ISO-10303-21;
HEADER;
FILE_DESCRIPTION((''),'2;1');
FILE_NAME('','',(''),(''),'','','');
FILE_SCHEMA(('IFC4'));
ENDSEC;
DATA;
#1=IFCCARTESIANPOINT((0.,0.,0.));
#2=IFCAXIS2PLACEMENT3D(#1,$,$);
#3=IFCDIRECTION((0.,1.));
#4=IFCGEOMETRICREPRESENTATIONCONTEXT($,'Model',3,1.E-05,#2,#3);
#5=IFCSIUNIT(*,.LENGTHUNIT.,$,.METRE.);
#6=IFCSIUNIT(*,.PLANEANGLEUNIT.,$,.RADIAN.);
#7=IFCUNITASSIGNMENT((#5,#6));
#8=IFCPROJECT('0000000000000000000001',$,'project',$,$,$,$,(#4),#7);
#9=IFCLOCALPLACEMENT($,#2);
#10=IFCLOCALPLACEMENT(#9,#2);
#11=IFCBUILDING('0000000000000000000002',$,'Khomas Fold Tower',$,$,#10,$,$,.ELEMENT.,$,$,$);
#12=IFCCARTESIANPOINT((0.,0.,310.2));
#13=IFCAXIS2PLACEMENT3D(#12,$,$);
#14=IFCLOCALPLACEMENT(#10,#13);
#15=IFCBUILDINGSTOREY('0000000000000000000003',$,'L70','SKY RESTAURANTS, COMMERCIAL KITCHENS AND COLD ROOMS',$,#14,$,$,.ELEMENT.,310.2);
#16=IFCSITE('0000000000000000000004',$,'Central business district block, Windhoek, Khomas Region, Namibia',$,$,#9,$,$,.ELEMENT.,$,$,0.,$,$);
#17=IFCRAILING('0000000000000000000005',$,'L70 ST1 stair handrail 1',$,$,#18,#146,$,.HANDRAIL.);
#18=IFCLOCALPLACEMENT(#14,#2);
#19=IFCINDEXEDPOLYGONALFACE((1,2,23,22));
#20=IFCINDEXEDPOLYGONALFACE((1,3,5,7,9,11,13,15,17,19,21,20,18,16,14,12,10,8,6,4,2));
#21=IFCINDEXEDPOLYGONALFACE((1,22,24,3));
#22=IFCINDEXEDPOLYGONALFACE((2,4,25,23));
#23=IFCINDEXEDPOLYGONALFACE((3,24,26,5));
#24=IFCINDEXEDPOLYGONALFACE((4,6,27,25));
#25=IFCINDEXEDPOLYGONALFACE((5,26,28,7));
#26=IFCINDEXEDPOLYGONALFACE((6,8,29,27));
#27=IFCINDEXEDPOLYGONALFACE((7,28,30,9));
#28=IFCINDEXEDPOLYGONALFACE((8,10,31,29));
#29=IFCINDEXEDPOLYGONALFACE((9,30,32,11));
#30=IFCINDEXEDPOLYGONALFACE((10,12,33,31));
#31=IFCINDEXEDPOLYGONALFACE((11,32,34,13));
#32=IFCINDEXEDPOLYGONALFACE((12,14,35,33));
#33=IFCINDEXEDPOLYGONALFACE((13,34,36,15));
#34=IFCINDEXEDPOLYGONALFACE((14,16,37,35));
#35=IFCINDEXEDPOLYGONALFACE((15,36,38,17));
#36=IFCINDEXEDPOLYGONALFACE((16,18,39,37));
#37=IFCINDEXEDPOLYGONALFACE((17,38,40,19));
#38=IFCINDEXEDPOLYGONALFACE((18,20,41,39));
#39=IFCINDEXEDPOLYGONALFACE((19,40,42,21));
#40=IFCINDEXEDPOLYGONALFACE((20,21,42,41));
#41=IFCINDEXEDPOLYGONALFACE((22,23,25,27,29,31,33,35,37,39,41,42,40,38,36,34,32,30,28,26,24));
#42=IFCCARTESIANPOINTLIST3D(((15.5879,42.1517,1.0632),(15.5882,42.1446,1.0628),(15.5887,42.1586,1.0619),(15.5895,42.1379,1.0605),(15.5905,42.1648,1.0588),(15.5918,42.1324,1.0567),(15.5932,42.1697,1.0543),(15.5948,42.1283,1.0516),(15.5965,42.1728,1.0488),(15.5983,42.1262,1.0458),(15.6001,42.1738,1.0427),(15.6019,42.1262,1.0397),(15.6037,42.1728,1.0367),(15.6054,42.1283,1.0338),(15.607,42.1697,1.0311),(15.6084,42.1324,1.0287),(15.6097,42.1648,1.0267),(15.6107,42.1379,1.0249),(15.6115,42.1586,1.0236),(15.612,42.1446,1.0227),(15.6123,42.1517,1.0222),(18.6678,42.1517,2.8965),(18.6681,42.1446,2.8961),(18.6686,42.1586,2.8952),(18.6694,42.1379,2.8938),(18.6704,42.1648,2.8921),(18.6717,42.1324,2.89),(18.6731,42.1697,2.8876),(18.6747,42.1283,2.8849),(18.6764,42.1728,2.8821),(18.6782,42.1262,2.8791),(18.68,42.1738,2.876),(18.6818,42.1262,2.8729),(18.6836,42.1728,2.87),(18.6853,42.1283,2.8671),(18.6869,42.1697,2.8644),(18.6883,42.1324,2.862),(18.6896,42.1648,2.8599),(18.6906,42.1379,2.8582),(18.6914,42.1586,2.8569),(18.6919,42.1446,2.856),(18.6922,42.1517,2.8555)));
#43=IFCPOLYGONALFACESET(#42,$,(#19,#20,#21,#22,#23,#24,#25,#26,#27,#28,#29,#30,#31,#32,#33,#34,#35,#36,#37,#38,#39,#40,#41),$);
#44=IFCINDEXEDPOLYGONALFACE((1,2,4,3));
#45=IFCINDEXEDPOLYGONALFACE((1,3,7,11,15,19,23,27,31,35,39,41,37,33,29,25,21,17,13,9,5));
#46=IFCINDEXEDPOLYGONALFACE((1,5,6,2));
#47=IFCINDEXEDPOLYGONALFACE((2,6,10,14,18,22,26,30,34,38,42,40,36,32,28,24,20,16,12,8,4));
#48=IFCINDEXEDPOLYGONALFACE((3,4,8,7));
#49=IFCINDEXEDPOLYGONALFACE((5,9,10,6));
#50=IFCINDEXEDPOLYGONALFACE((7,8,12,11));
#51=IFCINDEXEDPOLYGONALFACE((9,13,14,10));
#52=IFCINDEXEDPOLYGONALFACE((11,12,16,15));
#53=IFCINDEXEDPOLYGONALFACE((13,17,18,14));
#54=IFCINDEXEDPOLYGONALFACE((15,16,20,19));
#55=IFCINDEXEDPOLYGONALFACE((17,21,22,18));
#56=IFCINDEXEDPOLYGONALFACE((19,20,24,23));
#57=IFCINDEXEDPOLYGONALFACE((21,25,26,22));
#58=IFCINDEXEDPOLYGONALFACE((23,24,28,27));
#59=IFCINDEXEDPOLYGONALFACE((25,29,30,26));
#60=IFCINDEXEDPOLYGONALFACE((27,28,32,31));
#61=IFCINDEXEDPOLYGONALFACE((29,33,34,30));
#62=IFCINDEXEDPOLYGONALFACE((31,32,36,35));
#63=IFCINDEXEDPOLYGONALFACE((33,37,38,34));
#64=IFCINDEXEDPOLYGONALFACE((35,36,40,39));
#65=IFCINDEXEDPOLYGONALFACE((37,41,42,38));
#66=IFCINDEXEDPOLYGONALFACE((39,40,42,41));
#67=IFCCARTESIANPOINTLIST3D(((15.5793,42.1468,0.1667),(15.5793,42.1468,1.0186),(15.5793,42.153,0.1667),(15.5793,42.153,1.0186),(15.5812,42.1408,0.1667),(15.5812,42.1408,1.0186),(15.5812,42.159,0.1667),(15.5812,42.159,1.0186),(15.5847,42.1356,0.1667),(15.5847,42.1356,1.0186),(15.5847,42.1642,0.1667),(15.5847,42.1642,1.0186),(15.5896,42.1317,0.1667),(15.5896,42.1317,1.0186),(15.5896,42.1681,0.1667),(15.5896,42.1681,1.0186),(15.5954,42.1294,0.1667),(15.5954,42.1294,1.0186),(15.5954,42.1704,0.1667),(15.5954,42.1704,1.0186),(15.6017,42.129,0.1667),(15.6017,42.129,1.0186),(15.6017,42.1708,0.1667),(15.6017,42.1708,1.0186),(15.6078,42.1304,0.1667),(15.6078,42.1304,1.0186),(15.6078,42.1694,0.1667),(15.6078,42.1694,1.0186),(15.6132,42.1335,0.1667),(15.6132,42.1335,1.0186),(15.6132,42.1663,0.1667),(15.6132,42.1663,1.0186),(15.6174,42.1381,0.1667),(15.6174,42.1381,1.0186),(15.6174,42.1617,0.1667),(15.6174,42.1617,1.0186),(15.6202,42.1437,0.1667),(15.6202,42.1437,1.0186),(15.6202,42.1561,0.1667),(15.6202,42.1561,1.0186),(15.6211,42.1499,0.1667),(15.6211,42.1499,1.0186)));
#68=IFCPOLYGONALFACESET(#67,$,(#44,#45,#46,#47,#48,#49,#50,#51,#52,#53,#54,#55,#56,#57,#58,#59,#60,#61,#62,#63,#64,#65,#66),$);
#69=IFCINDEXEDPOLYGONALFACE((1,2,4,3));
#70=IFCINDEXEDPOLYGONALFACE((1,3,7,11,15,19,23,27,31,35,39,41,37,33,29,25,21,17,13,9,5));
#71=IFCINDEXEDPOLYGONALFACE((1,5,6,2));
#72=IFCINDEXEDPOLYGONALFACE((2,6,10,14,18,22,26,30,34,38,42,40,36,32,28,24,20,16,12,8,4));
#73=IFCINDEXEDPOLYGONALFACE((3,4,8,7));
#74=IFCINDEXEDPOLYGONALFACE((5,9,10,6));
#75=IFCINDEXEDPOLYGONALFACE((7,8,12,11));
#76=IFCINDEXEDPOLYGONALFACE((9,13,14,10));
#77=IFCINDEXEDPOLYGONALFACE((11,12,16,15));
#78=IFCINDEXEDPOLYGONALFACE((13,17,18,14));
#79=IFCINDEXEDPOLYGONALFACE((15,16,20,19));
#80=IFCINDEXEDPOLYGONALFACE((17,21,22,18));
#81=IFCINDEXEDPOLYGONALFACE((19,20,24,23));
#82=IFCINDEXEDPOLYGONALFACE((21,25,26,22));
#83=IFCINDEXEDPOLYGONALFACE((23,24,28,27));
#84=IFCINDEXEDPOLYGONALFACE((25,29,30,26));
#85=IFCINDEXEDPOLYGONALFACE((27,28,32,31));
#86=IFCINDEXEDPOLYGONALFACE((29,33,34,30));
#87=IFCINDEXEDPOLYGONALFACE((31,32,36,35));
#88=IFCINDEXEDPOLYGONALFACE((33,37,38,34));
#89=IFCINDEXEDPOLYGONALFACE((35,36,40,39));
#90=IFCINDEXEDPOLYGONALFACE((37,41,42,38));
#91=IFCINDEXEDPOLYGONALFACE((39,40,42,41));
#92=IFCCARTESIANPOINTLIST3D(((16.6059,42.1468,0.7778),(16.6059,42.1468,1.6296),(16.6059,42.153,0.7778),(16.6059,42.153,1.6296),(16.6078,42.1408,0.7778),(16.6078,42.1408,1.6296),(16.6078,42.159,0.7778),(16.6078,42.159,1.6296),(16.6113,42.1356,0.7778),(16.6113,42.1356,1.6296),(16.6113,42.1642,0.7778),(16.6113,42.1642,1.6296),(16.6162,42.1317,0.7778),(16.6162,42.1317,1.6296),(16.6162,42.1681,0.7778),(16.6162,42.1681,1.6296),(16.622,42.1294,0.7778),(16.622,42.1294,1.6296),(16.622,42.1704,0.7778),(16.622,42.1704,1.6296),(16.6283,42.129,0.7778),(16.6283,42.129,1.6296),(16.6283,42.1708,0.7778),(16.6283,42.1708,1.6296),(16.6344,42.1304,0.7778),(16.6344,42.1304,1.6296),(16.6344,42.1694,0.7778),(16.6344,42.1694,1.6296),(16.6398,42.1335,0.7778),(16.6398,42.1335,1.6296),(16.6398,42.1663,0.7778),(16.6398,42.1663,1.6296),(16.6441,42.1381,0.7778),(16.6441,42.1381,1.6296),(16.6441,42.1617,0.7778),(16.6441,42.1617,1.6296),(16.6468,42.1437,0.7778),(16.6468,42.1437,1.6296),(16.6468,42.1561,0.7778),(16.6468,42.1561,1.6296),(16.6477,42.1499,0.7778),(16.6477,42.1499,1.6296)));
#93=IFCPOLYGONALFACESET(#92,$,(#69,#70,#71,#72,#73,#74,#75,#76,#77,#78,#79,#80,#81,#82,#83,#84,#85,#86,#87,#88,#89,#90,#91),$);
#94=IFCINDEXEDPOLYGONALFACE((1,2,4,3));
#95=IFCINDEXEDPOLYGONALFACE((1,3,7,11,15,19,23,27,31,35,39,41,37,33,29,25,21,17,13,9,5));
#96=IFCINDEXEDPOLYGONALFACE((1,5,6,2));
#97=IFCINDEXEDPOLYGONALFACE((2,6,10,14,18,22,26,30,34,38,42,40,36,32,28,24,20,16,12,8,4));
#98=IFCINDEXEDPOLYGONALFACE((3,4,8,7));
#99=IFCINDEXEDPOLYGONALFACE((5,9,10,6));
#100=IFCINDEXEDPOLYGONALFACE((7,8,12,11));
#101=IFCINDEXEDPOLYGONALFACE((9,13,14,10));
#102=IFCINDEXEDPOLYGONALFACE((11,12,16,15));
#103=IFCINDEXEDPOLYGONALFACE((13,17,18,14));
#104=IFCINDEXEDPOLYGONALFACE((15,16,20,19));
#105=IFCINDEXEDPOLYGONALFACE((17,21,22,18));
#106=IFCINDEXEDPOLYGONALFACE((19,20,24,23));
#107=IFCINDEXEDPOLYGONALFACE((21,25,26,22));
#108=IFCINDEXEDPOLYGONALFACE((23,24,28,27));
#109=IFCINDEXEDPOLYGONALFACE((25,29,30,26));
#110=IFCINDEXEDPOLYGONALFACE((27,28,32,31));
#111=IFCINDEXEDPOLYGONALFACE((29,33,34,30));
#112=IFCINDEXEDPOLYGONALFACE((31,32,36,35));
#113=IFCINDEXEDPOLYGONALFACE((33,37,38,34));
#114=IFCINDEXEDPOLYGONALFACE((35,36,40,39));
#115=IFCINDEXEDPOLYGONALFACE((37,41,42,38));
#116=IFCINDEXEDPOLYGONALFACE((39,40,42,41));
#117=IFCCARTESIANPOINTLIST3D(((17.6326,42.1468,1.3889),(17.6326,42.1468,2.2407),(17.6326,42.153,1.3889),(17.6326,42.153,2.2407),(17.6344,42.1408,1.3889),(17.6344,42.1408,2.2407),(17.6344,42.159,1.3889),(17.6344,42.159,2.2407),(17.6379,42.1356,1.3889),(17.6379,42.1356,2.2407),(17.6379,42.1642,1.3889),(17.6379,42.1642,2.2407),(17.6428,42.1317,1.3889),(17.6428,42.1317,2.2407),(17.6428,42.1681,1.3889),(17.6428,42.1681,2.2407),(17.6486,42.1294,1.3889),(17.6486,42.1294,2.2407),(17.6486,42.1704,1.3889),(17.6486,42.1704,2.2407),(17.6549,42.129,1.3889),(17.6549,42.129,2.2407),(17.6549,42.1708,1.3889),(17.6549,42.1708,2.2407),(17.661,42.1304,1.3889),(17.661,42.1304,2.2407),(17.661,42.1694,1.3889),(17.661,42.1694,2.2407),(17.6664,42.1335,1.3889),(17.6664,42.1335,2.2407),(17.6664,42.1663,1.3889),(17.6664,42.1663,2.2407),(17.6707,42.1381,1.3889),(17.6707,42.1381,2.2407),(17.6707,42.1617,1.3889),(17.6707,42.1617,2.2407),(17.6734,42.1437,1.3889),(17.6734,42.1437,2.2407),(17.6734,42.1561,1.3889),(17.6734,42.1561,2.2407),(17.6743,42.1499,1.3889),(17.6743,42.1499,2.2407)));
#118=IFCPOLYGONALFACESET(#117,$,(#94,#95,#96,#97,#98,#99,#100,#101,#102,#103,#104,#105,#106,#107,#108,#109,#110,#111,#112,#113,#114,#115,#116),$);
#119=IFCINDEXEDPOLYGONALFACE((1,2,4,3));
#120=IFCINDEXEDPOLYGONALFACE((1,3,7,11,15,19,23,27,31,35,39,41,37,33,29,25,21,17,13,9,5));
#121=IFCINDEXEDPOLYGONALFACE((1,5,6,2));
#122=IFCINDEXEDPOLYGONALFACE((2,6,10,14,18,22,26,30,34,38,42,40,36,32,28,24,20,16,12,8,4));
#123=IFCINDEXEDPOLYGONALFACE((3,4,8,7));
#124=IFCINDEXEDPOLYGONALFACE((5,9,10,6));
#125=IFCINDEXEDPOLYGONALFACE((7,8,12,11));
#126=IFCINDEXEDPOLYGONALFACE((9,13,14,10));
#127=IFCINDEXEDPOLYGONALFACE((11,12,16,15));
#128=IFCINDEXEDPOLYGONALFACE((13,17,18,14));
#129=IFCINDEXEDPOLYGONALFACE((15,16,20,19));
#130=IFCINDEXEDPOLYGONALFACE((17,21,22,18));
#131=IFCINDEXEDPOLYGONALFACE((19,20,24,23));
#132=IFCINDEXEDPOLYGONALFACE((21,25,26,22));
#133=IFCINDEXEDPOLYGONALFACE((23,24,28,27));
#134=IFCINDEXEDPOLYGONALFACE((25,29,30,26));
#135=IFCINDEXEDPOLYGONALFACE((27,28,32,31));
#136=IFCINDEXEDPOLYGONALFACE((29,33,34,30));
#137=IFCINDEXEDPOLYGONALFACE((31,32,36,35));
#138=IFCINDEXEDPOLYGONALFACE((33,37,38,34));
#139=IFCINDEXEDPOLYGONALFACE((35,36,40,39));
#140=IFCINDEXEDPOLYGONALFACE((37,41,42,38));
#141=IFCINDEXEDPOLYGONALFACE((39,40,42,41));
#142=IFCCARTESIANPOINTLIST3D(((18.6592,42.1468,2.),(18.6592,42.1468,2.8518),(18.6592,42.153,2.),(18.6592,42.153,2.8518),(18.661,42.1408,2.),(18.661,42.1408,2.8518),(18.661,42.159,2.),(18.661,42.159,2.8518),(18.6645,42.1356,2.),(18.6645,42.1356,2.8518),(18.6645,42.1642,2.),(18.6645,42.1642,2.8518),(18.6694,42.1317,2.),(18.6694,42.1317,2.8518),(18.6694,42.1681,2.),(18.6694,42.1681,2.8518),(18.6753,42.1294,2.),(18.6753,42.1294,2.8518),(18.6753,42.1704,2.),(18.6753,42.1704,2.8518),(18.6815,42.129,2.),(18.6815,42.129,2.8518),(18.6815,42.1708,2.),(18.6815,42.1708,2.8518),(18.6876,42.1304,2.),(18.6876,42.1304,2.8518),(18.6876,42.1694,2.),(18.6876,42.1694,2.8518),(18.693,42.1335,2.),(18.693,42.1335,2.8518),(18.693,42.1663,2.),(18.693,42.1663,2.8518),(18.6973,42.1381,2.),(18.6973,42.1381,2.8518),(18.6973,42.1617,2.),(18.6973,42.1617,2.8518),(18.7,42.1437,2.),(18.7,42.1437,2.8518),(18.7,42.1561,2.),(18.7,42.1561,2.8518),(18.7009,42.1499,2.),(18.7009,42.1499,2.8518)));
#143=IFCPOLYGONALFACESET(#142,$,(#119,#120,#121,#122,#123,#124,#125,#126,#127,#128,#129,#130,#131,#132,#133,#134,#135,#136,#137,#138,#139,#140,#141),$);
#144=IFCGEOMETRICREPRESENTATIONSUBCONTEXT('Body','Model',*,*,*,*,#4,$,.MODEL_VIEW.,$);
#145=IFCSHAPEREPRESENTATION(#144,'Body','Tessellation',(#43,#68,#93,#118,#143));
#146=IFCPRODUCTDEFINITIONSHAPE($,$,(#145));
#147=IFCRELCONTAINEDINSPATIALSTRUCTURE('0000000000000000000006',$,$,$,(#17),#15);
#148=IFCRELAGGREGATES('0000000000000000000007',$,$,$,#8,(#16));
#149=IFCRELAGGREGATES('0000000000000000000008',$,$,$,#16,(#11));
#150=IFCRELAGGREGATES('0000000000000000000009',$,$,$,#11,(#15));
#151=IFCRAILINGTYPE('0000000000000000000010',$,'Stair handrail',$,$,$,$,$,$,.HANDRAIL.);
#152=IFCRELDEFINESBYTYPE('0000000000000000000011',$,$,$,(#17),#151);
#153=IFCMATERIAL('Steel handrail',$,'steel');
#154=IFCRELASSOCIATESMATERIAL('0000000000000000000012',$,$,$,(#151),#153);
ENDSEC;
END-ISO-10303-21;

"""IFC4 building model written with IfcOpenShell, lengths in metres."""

from ifc_helpers import new_model, si_unit, direction, frame, origin, origin_2d, place, context, subcontext, project, spatial, circle, extrude, source, transform, mapped, material, type_object, element, save


model = new_model("IFC4")

# Units and contexts
model_context = context("Model", 3, precision=1e-05, world=origin(), true_north=direction((0.0, 1.0)))
body_context = subcontext(model_context, "Body", "Model", "MODEL_VIEW")
ifc_project = project(units=[si_unit("LENGTHUNIT", "METRE"), si_unit("PLANEANGLEUNIT", "RADIAN")], contexts=[model_context])

# Site, building, storey
site_placement = place(None, origin())
site = spatial("IfcSite", under=ifc_project, at=site_placement, Name="Central business district block, Windhoek, Khomas Region, Namibia", CompositionType="ELEMENT", RefElevation=0.0)
building_placement = place(site_placement, origin())
building = spatial("IfcBuilding", under=site, at=building_placement, Name="Khomas Fold Tower", CompositionType="ELEMENT")
storey_placement = place(building_placement, frame((0.0, 0.0, 310.2)))
storey = spatial("IfcBuildingStorey", under=building, at=storey_placement, Name="L70", Description="SKY RESTAURANTS, COMMERCIAL KITCHENS AND COLD ROOMS", CompositionType="ELEMENT", Elevation=310.2)

# Railing
ifc_material_1 = material(Name="Steel handrail", Category="steel")
railing_type_1 = type_object("IfcRailingType", Name="Stair handrail", PredefinedType="HANDRAIL", material=ifc_material_1)
shared_shape_1 = source(origin(), body_context, "Body", "SweptSolid", [
    extrude(circle(Radius=0.0239, at=origin_2d()), frame((0.0, 0.0, 0.876), z_axis=(0.859291, 0.0, 0.511487), x_axis=(0.0, 1.0, 0.0)), (0.0, 0.0, 1.0), 3.5842),
    extrude(circle(Radius=0.021, at=origin_2d()), origin(), (0.0, 0.0, 1.0), 0.8518),
    extrude(circle(Radius=0.021, at=origin_2d()), frame((1.0266, 0.0, 0.6111)), (0.0, 0.0, 1.0), 0.8518),
    extrude(circle(Radius=0.021, at=origin_2d()), frame((2.0532, 0.0, 1.2222)), (0.0, 0.0, 1.0), 0.8518),
    extrude(circle(Radius=0.021, at=origin_2d()), frame((3.0798, 0.0, 1.8333)), (0.0, 0.0, 1.0), 0.8518),
])
railing_1_placement = place(storey_placement, frame((15.6001, 42.1499, 0.1667)))
element("IfcRailing", 1, at=railing_1_placement, inside=storey, type_object=railing_type_1, Name="L70 ST1 stair handrail 1", PredefinedType="HANDRAIL", context=body_context, shape_type="MappedRepresentation", body=[
    mapped(shared_shape_1, transform((0.0, 0.0, 0.0))),
])

save(model, "model.ifc")
